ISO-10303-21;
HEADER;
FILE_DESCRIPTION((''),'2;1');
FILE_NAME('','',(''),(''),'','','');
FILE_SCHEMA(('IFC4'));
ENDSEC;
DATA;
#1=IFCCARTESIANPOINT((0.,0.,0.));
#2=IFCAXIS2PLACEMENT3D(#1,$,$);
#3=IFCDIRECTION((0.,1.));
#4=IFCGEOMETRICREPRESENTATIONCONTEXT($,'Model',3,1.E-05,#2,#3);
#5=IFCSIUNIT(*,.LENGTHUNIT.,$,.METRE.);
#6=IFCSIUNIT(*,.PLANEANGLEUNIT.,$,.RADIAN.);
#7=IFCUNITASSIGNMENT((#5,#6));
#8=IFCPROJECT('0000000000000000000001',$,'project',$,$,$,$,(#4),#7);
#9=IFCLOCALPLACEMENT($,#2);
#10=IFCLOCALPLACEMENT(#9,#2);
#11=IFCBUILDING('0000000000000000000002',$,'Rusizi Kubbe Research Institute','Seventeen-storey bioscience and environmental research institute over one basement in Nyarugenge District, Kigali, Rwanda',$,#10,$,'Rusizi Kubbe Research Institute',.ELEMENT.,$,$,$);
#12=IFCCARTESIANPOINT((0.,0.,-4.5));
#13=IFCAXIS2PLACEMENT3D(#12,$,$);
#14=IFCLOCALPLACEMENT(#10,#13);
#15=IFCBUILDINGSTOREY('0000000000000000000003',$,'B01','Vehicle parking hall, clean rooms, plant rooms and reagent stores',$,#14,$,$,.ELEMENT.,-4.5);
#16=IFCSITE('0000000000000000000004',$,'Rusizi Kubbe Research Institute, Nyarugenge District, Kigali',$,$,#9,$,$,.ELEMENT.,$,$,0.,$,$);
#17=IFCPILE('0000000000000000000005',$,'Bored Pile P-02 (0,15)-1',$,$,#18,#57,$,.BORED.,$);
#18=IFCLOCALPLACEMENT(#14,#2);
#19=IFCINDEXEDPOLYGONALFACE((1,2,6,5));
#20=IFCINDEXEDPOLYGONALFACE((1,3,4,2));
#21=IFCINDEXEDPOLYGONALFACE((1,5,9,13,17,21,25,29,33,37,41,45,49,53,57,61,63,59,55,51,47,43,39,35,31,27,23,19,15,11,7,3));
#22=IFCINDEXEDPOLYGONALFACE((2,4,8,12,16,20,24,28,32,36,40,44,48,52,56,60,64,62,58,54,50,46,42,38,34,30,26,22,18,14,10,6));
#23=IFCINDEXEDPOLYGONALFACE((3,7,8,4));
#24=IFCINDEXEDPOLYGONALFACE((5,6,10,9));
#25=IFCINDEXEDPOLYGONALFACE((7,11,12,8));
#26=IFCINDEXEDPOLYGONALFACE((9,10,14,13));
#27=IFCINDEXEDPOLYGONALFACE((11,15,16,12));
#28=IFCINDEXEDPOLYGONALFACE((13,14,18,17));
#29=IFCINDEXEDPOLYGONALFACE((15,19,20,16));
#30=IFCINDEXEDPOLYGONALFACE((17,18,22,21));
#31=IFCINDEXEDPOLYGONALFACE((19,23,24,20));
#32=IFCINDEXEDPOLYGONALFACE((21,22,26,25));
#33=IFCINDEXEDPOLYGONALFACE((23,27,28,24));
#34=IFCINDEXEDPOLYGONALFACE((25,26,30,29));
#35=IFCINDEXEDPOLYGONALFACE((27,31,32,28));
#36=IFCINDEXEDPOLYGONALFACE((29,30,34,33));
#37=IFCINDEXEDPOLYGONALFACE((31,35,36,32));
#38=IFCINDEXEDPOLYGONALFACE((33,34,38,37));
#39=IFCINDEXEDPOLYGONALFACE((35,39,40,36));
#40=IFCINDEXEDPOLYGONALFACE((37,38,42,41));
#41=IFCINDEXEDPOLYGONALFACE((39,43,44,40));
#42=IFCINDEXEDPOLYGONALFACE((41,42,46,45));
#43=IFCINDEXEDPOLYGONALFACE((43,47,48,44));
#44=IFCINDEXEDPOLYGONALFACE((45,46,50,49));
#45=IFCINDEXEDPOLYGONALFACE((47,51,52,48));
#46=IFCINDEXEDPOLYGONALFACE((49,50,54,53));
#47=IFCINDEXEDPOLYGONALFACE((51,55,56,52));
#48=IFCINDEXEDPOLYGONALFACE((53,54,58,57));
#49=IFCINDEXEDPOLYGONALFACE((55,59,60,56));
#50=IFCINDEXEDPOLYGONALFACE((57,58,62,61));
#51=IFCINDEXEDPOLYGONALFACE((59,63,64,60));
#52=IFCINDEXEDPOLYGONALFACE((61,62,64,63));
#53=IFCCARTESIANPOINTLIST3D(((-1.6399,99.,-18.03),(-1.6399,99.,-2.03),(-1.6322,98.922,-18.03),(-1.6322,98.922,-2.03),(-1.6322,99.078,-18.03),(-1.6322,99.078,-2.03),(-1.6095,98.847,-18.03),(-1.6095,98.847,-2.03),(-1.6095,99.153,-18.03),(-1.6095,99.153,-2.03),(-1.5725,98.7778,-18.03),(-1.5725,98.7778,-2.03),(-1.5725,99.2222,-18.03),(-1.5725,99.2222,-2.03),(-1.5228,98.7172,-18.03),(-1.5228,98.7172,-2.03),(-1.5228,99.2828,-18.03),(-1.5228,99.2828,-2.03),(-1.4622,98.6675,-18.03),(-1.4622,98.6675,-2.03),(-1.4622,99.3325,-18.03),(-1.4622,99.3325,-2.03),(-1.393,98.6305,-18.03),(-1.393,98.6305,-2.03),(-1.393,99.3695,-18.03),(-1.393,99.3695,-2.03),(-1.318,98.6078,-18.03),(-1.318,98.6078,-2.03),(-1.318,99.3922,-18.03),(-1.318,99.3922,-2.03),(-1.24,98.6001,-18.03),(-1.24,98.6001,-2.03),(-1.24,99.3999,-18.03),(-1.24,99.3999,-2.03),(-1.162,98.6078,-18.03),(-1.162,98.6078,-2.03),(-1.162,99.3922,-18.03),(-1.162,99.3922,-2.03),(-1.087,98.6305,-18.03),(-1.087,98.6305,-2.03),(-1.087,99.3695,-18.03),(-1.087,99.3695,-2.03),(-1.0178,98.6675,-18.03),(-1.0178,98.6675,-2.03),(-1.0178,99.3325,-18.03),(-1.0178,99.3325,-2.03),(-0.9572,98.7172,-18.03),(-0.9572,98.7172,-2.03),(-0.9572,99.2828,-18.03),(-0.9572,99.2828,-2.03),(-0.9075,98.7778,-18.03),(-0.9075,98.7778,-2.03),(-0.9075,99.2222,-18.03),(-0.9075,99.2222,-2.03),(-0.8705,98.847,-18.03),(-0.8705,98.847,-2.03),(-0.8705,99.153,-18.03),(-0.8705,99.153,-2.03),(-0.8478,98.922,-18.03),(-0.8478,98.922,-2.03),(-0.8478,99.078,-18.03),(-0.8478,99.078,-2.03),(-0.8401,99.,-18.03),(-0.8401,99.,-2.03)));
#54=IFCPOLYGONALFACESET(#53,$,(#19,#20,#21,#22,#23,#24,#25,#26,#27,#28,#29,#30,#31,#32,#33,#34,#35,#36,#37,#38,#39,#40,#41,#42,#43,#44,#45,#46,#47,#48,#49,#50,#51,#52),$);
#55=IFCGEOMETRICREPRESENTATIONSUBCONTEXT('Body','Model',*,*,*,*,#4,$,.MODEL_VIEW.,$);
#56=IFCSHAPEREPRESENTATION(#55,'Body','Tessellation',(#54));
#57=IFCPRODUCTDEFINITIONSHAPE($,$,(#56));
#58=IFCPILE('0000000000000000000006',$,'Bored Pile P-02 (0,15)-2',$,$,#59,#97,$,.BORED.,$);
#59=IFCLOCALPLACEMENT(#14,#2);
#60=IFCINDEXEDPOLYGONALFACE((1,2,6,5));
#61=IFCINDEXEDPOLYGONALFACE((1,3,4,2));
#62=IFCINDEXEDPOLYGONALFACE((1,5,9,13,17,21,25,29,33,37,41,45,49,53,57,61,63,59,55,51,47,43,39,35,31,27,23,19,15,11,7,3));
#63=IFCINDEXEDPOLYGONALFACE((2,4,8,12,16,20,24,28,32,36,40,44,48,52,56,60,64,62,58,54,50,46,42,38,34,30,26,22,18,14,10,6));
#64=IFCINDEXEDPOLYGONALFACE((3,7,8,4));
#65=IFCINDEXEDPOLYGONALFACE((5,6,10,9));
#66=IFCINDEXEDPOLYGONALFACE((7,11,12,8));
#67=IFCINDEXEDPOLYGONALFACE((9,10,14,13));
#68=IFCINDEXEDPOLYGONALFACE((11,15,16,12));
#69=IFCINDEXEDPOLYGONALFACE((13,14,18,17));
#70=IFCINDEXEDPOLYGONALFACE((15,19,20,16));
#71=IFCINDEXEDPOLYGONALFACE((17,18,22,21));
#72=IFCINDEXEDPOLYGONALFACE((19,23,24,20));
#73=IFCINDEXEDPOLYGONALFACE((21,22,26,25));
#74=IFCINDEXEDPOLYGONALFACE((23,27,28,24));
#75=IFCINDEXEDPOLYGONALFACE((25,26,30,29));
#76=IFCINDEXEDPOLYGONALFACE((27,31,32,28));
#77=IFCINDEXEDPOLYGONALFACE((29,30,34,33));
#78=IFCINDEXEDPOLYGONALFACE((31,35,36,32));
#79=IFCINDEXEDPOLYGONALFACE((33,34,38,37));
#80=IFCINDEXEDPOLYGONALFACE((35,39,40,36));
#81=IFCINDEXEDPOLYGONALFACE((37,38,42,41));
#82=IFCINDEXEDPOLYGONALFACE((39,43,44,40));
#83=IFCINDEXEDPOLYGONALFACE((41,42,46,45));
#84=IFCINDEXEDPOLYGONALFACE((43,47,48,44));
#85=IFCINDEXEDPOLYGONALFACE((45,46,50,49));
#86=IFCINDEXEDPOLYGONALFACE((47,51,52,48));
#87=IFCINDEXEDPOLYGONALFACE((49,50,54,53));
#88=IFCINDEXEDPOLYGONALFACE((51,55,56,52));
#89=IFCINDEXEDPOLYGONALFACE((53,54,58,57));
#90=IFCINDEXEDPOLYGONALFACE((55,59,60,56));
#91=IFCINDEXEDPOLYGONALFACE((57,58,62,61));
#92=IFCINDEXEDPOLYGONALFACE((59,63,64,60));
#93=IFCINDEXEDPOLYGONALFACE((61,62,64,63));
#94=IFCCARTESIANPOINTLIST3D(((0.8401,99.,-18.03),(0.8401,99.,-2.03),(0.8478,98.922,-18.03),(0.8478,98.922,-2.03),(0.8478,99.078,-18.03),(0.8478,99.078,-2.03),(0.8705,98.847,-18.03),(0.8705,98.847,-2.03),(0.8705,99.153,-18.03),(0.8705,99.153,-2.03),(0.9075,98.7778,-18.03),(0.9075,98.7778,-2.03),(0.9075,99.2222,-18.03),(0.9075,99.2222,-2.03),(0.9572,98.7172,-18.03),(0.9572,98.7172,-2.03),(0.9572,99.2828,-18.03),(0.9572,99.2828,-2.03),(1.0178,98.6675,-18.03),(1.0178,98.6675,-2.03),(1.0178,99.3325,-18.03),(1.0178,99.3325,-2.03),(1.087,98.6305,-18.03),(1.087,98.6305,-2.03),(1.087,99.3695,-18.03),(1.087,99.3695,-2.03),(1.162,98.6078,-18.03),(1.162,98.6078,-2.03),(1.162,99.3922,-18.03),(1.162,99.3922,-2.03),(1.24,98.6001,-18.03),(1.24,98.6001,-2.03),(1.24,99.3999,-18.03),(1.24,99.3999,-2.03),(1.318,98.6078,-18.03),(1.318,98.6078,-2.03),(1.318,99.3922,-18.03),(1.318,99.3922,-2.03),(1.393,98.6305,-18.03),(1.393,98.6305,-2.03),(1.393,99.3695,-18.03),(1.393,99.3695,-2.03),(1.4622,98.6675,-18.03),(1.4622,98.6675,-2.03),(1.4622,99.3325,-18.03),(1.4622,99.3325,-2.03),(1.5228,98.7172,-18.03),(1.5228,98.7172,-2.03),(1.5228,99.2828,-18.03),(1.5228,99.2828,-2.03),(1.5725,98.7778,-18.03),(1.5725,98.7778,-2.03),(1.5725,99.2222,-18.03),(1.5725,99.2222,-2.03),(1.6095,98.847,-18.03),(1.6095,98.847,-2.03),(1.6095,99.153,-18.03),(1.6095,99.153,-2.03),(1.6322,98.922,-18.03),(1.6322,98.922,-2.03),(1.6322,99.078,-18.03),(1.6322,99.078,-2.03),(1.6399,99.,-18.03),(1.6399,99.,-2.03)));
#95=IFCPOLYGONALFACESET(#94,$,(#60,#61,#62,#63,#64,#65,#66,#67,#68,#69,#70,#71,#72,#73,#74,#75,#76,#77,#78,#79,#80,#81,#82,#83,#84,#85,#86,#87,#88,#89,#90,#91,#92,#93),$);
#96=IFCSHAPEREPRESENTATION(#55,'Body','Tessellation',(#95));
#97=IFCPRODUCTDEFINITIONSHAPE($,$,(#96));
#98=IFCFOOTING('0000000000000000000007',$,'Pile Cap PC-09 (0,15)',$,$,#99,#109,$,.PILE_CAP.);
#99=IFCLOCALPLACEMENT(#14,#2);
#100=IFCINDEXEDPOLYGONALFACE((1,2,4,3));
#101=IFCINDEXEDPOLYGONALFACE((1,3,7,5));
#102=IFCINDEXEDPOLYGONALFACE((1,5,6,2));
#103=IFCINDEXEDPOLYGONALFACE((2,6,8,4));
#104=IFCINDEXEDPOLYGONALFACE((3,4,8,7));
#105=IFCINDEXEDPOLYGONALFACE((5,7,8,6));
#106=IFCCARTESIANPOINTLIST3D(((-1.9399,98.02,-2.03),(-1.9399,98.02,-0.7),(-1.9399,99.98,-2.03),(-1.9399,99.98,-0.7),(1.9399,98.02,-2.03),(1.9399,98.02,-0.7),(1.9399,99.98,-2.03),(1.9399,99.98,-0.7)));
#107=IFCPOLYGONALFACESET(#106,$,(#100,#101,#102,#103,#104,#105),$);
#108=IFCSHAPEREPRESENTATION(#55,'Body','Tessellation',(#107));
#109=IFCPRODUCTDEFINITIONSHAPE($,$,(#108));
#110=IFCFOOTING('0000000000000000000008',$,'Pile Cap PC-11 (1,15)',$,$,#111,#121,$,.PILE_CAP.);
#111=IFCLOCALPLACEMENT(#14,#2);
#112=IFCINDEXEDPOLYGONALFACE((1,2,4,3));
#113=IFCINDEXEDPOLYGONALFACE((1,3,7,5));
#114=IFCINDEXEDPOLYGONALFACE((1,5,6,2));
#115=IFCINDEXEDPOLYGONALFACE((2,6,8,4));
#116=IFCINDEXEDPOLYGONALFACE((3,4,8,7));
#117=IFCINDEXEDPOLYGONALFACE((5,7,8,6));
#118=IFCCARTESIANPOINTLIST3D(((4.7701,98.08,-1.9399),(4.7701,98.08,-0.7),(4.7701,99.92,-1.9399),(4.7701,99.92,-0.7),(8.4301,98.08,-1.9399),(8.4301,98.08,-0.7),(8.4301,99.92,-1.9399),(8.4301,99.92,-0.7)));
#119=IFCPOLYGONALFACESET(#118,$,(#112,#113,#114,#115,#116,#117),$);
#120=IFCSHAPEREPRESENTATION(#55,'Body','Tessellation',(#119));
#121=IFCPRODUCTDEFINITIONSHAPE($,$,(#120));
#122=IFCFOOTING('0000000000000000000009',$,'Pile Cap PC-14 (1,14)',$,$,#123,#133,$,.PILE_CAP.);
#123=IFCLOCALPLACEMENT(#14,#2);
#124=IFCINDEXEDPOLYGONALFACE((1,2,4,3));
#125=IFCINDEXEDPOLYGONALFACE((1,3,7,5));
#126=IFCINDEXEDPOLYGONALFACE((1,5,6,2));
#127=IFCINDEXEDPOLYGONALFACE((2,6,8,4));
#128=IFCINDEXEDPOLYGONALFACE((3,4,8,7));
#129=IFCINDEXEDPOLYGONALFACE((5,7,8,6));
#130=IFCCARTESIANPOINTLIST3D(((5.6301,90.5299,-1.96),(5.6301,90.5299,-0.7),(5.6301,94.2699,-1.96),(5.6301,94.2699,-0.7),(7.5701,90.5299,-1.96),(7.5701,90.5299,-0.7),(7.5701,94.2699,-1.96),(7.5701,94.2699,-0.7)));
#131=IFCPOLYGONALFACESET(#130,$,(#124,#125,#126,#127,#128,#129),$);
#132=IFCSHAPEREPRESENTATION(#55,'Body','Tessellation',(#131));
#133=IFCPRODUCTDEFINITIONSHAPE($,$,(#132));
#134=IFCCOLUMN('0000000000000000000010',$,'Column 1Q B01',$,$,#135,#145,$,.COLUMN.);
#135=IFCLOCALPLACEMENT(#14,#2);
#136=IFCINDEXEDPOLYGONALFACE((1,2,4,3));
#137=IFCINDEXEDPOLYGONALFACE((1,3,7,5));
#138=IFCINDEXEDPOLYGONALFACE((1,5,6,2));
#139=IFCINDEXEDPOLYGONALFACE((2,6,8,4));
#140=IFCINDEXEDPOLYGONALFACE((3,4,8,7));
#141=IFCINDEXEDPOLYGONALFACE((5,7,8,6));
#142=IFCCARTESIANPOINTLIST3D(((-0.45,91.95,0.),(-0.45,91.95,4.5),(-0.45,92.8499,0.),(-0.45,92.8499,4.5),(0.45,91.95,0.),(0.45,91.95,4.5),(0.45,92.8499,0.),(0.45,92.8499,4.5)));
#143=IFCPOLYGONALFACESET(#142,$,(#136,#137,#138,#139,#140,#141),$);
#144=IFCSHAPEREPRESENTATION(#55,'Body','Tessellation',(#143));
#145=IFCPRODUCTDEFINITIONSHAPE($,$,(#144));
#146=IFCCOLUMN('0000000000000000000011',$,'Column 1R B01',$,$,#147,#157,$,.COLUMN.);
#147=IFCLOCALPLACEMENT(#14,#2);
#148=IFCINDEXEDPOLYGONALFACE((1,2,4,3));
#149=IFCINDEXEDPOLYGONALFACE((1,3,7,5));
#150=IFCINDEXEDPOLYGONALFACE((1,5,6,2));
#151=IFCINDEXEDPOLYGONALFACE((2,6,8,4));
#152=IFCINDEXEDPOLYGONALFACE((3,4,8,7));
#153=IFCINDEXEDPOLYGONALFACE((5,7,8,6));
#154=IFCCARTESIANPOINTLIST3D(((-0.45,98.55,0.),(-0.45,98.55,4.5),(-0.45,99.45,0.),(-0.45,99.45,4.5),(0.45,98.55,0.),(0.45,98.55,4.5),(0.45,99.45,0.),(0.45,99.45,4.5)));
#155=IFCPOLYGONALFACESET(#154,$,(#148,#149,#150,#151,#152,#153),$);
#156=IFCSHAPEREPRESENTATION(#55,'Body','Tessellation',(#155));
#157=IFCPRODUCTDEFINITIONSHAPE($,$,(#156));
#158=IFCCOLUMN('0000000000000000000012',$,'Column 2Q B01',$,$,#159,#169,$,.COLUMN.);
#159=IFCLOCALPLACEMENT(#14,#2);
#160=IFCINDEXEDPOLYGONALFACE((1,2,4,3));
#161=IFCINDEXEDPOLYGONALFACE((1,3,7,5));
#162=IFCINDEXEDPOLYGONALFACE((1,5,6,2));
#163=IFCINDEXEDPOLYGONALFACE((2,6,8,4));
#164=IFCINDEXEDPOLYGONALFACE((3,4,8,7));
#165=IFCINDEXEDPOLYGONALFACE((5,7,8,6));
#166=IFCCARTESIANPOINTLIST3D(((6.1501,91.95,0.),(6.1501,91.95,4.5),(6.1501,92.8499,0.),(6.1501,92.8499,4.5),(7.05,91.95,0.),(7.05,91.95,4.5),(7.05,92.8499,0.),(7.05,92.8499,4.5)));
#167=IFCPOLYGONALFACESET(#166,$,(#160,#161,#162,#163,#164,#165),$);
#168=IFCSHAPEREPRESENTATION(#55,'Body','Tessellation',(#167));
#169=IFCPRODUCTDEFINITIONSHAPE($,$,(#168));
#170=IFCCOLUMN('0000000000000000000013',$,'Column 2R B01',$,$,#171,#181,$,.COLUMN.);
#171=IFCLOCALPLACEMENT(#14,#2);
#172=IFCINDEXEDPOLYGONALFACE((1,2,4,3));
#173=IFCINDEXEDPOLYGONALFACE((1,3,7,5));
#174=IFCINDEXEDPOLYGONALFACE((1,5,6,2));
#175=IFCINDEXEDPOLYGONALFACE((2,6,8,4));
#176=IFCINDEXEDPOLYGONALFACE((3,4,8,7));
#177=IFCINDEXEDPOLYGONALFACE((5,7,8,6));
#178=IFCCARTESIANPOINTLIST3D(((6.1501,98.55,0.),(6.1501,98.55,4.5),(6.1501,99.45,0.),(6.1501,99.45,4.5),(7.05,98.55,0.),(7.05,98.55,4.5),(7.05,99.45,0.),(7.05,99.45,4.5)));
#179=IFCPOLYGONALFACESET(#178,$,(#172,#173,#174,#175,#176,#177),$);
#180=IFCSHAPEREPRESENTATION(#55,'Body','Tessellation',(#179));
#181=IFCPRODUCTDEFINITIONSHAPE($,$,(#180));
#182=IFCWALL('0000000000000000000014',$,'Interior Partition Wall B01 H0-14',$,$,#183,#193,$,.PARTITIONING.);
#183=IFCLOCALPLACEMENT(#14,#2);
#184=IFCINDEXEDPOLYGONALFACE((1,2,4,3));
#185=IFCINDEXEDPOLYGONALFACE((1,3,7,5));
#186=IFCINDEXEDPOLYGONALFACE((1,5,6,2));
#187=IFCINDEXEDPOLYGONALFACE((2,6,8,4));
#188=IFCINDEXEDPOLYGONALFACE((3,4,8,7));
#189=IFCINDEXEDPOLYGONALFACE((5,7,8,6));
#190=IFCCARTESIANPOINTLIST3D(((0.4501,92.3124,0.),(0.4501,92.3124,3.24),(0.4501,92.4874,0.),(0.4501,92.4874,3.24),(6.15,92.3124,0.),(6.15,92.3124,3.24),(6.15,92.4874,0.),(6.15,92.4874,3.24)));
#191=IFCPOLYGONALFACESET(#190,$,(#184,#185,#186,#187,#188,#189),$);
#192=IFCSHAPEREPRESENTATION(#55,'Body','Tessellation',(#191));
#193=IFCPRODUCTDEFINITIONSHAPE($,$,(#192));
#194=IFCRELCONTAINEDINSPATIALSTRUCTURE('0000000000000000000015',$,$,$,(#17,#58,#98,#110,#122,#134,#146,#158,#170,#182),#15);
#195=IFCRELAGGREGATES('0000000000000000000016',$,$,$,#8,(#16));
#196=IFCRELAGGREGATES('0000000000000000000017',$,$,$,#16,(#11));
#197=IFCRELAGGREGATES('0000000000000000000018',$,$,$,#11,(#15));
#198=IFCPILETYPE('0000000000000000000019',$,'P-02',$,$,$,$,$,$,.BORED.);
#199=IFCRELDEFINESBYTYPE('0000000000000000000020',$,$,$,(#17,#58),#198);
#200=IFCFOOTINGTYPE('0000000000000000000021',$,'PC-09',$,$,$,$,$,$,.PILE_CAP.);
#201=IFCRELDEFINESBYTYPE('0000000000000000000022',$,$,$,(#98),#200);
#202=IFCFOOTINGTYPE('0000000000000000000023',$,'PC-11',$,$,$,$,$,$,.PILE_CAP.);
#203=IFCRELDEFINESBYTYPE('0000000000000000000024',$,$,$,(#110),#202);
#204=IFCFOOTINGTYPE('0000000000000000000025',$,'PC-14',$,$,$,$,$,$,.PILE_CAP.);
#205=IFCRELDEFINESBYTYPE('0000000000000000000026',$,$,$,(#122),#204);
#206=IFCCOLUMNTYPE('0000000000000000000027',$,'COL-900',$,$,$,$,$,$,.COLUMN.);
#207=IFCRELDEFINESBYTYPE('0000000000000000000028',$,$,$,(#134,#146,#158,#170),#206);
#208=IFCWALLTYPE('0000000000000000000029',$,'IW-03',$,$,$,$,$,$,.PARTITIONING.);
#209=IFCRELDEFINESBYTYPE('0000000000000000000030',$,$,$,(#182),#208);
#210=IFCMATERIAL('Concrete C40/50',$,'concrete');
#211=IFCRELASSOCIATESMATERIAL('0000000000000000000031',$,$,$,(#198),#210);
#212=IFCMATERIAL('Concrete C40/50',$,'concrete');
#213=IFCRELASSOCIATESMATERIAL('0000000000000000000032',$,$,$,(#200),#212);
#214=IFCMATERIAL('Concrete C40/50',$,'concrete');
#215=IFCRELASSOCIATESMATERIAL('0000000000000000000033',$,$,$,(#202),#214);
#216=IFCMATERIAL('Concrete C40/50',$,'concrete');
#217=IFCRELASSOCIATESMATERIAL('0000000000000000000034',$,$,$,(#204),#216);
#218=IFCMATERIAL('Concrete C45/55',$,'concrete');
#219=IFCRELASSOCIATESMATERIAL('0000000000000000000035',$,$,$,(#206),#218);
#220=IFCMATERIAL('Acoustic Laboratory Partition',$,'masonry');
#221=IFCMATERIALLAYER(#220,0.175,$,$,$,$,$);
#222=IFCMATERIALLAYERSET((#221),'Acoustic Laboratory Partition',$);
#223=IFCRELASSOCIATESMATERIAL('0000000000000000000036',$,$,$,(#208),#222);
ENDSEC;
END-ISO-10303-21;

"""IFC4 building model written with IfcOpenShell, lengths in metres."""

from ifc_helpers import new_model, si_unit, direction, frame, frame_2d, origin, origin_2d, place, context, subcontext, project, spatial, rectangle, circle, extrude, material, layer, layer_set, material_profile, profile_set, type_object, element, save


model = new_model("IFC4")

# Units and contexts
model_context = context("Model", 3, precision=1e-05, world=origin(), true_north=direction((0.0, 1.0)))
body_context = subcontext(model_context, "Body", "Model", "MODEL_VIEW")
ifc_project = project(units=[si_unit("LENGTHUNIT", "METRE"), si_unit("PLANEANGLEUNIT", "RADIAN")], contexts=[model_context])

# Site, building, storey
site_placement = place(None, origin())
site = spatial("IfcSite", under=ifc_project, at=site_placement, Name="Rusizi Kubbe Research Institute, Nyarugenge District, Kigali", CompositionType="ELEMENT", RefElevation=0.0)
building_placement = place(site_placement, origin())
building = spatial("IfcBuilding", under=site, at=building_placement, Name="Rusizi Kubbe Research Institute", Description="Seventeen-storey bioscience and environmental research institute over one basement in Nyarugenge District, Kigali, Rwanda", LongName="Rusizi Kubbe Research Institute", CompositionType="ELEMENT")
storey_placement = place(building_placement, frame((0.0, 0.0, -4.5)))
storey = spatial("IfcBuildingStorey", under=building, at=storey_placement, Name="B01", Description="Vehicle parking hall, clean rooms, plant rooms and reagent stores", CompositionType="ELEMENT", Elevation=-4.5)

# Piles
ifc_material_1 = material(Name="Concrete C40/50", Category="concrete")
ifc_material_profile_1 = material_profile(ifc_material_1, circle(Radius=0.3999, at=origin_2d()), Name="PILE-D800")
ifc_profile_set_1 = profile_set([ifc_material_profile_1], Name="Concrete C40/50")
pile_type_1 = type_object("IfcPileType", Name="P-02", PredefinedType="BORED", material=ifc_profile_set_1)
for number, where, z_axis, x_axis, name in (
    (1, (-1.24, 99.0, -2.03), (0.0, 0.0, -1.0), (1.0, 0.0, 0.0), "Bored Pile P-02 (0,15)-1"),
    (2, (1.24, 99.0, -2.03), (0.0, 0.0, -1.0), (1.0, 0.0, 0.0), "Bored Pile P-02 (0,15)-2"),
):
    element("IfcPile", number, at=place(storey_placement, frame(where, z_axis=z_axis, x_axis=x_axis)), inside=storey, type_object=pile_type_1, Name=name, PredefinedType="BORED", context=body_context, shape_type="SweptSolid", body=[
        extrude(circle(Radius=0.3999, at=origin_2d()), origin(), (0.0, 0.0, 1.0), 16.0),
    ])

# Footings
ifc_material_2 = material(Name="Concrete C40/50", Category="concrete")
footing_type_1 = type_object("IfcFootingType", Name="PC-09", PredefinedType="PILE_CAP", material=ifc_material_2)
footing_1_placement = place(storey_placement, frame((0.0, 99.0, -2.03), z_axis=(0.0, 0.0, 1.0), x_axis=(1.0, 0.0, 0.0)))
element("IfcFooting", 3, at=footing_1_placement, inside=storey, type_object=footing_type_1, Name="Pile Cap PC-09 (0,15)", PredefinedType="PILE_CAP", context=body_context, shape_type="SweptSolid", body=[
    extrude(rectangle(XDim=3.8799, YDim=1.96, at=origin_2d()), origin(), (0.0, 0.0, 1.0), 1.3301),
])
ifc_material_3 = material(Name="Concrete C40/50", Category="concrete")
footing_type_2 = type_object("IfcFootingType", Name="PC-11", PredefinedType="PILE_CAP", material=ifc_material_3)
footing_2_placement = place(storey_placement, frame((6.6001, 99.0, -1.9399), z_axis=(0.0, 0.0, 1.0), x_axis=(1.0, 0.0, 0.0)))
element("IfcFooting", 4, at=footing_2_placement, inside=storey, type_object=footing_type_2, Name="Pile Cap PC-11 (1,15)", PredefinedType="PILE_CAP", context=body_context, shape_type="SweptSolid", body=[
    extrude(rectangle(XDim=3.6599, YDim=1.8401, at=origin_2d()), origin(), (0.0, 0.0, 1.0), 1.24),
])
ifc_material_4 = material(Name="Concrete C40/50", Category="concrete")
footing_type_3 = type_object("IfcFootingType", Name="PC-14", PredefinedType="PILE_CAP", material=ifc_material_4)
footing_3_placement = place(storey_placement, frame((6.6001, 92.3999, -1.96), z_axis=(0.0, 0.0, 1.0), x_axis=(1.0, 0.0, 0.0)))
element("IfcFooting", 5, at=footing_3_placement, inside=storey, type_object=footing_type_3, Name="Pile Cap PC-14 (1,14)", PredefinedType="PILE_CAP", context=body_context, shape_type="SweptSolid", body=[
    extrude(rectangle(XDim=1.9399, YDim=3.74, at=origin_2d()), origin(), (0.0, 0.0, 1.0), 1.26),
])

# Columns
ifc_material_5 = material(Name="Concrete C45/55", Category="concrete")
ifc_material_profile_2 = material_profile(ifc_material_5, rectangle(XDim=0.8999, YDim=0.8999, at=origin_2d()), Name="RC900x900")
ifc_profile_set_2 = profile_set([ifc_material_profile_2], Name="Concrete C45/55")
column_type = type_object("IfcColumnType", Name="COL-900", PredefinedType="COLUMN", material=ifc_profile_set_2)
for number, where, z_axis, x_axis, name in (
    (6, (0.0, 92.3999, 0.0), (0.0, 0.0, 1.0), (1.0, 0.0, 0.0), "Column 1Q B01"),
    (7, (0.0, 99.0, 0.0), (0.0, 0.0, 1.0), (1.0, 0.0, 0.0), "Column 1R B01"),
    (8, (6.6001, 92.3999, 0.0), (0.0, 0.0, 1.0), (1.0, 0.0, 0.0), "Column 2Q B01"),
    (9, (6.6001, 99.0, 0.0), (0.0, 0.0, 1.0), (1.0, 0.0, 0.0), "Column 2R B01"),
):
    element("IfcColumn", number, at=place(storey_placement, frame(where, z_axis=z_axis, x_axis=x_axis)), inside=storey, type_object=column_type, Name=name, PredefinedType="COLUMN", context=body_context, shape_type="SweptSolid", body=[
        extrude(rectangle(XDim=0.8999, YDim=0.8999, at=origin_2d()), origin(), (0.0, 0.0, 1.0), 4.5),
    ])

# Wall
ifc_material_6 = material(Name="Acoustic Laboratory Partition", Category="masonry")
ifc_layer_1 = layer(ifc_material_6, 0.175)
ifc_layer_set_1 = layer_set([ifc_layer_1], Name="Acoustic Laboratory Partition")
wall_type_1 = type_object("IfcWallType", Name="IW-03", PredefinedType="PARTITIONING", material=ifc_layer_set_1)
wall_1_placement = place(storey_placement, frame((0.45, 92.3999, 0.0), z_axis=(0.0, 0.0, 1.0), x_axis=(1.0, 0.0, 0.0)))
element("IfcWall", 10, at=wall_1_placement, inside=storey, type_object=wall_type_1, Name="Interior Partition Wall B01 H0-14", PredefinedType="PARTITIONING", context=body_context, shape_type="SweptSolid", body=[
    extrude(rectangle(XDim=5.7, YDim=0.175, at=frame_2d((2.8501, 0.0))), origin(), (0.0, 0.0, 1.0), 3.24),
])

save(model, "model.ifc")
